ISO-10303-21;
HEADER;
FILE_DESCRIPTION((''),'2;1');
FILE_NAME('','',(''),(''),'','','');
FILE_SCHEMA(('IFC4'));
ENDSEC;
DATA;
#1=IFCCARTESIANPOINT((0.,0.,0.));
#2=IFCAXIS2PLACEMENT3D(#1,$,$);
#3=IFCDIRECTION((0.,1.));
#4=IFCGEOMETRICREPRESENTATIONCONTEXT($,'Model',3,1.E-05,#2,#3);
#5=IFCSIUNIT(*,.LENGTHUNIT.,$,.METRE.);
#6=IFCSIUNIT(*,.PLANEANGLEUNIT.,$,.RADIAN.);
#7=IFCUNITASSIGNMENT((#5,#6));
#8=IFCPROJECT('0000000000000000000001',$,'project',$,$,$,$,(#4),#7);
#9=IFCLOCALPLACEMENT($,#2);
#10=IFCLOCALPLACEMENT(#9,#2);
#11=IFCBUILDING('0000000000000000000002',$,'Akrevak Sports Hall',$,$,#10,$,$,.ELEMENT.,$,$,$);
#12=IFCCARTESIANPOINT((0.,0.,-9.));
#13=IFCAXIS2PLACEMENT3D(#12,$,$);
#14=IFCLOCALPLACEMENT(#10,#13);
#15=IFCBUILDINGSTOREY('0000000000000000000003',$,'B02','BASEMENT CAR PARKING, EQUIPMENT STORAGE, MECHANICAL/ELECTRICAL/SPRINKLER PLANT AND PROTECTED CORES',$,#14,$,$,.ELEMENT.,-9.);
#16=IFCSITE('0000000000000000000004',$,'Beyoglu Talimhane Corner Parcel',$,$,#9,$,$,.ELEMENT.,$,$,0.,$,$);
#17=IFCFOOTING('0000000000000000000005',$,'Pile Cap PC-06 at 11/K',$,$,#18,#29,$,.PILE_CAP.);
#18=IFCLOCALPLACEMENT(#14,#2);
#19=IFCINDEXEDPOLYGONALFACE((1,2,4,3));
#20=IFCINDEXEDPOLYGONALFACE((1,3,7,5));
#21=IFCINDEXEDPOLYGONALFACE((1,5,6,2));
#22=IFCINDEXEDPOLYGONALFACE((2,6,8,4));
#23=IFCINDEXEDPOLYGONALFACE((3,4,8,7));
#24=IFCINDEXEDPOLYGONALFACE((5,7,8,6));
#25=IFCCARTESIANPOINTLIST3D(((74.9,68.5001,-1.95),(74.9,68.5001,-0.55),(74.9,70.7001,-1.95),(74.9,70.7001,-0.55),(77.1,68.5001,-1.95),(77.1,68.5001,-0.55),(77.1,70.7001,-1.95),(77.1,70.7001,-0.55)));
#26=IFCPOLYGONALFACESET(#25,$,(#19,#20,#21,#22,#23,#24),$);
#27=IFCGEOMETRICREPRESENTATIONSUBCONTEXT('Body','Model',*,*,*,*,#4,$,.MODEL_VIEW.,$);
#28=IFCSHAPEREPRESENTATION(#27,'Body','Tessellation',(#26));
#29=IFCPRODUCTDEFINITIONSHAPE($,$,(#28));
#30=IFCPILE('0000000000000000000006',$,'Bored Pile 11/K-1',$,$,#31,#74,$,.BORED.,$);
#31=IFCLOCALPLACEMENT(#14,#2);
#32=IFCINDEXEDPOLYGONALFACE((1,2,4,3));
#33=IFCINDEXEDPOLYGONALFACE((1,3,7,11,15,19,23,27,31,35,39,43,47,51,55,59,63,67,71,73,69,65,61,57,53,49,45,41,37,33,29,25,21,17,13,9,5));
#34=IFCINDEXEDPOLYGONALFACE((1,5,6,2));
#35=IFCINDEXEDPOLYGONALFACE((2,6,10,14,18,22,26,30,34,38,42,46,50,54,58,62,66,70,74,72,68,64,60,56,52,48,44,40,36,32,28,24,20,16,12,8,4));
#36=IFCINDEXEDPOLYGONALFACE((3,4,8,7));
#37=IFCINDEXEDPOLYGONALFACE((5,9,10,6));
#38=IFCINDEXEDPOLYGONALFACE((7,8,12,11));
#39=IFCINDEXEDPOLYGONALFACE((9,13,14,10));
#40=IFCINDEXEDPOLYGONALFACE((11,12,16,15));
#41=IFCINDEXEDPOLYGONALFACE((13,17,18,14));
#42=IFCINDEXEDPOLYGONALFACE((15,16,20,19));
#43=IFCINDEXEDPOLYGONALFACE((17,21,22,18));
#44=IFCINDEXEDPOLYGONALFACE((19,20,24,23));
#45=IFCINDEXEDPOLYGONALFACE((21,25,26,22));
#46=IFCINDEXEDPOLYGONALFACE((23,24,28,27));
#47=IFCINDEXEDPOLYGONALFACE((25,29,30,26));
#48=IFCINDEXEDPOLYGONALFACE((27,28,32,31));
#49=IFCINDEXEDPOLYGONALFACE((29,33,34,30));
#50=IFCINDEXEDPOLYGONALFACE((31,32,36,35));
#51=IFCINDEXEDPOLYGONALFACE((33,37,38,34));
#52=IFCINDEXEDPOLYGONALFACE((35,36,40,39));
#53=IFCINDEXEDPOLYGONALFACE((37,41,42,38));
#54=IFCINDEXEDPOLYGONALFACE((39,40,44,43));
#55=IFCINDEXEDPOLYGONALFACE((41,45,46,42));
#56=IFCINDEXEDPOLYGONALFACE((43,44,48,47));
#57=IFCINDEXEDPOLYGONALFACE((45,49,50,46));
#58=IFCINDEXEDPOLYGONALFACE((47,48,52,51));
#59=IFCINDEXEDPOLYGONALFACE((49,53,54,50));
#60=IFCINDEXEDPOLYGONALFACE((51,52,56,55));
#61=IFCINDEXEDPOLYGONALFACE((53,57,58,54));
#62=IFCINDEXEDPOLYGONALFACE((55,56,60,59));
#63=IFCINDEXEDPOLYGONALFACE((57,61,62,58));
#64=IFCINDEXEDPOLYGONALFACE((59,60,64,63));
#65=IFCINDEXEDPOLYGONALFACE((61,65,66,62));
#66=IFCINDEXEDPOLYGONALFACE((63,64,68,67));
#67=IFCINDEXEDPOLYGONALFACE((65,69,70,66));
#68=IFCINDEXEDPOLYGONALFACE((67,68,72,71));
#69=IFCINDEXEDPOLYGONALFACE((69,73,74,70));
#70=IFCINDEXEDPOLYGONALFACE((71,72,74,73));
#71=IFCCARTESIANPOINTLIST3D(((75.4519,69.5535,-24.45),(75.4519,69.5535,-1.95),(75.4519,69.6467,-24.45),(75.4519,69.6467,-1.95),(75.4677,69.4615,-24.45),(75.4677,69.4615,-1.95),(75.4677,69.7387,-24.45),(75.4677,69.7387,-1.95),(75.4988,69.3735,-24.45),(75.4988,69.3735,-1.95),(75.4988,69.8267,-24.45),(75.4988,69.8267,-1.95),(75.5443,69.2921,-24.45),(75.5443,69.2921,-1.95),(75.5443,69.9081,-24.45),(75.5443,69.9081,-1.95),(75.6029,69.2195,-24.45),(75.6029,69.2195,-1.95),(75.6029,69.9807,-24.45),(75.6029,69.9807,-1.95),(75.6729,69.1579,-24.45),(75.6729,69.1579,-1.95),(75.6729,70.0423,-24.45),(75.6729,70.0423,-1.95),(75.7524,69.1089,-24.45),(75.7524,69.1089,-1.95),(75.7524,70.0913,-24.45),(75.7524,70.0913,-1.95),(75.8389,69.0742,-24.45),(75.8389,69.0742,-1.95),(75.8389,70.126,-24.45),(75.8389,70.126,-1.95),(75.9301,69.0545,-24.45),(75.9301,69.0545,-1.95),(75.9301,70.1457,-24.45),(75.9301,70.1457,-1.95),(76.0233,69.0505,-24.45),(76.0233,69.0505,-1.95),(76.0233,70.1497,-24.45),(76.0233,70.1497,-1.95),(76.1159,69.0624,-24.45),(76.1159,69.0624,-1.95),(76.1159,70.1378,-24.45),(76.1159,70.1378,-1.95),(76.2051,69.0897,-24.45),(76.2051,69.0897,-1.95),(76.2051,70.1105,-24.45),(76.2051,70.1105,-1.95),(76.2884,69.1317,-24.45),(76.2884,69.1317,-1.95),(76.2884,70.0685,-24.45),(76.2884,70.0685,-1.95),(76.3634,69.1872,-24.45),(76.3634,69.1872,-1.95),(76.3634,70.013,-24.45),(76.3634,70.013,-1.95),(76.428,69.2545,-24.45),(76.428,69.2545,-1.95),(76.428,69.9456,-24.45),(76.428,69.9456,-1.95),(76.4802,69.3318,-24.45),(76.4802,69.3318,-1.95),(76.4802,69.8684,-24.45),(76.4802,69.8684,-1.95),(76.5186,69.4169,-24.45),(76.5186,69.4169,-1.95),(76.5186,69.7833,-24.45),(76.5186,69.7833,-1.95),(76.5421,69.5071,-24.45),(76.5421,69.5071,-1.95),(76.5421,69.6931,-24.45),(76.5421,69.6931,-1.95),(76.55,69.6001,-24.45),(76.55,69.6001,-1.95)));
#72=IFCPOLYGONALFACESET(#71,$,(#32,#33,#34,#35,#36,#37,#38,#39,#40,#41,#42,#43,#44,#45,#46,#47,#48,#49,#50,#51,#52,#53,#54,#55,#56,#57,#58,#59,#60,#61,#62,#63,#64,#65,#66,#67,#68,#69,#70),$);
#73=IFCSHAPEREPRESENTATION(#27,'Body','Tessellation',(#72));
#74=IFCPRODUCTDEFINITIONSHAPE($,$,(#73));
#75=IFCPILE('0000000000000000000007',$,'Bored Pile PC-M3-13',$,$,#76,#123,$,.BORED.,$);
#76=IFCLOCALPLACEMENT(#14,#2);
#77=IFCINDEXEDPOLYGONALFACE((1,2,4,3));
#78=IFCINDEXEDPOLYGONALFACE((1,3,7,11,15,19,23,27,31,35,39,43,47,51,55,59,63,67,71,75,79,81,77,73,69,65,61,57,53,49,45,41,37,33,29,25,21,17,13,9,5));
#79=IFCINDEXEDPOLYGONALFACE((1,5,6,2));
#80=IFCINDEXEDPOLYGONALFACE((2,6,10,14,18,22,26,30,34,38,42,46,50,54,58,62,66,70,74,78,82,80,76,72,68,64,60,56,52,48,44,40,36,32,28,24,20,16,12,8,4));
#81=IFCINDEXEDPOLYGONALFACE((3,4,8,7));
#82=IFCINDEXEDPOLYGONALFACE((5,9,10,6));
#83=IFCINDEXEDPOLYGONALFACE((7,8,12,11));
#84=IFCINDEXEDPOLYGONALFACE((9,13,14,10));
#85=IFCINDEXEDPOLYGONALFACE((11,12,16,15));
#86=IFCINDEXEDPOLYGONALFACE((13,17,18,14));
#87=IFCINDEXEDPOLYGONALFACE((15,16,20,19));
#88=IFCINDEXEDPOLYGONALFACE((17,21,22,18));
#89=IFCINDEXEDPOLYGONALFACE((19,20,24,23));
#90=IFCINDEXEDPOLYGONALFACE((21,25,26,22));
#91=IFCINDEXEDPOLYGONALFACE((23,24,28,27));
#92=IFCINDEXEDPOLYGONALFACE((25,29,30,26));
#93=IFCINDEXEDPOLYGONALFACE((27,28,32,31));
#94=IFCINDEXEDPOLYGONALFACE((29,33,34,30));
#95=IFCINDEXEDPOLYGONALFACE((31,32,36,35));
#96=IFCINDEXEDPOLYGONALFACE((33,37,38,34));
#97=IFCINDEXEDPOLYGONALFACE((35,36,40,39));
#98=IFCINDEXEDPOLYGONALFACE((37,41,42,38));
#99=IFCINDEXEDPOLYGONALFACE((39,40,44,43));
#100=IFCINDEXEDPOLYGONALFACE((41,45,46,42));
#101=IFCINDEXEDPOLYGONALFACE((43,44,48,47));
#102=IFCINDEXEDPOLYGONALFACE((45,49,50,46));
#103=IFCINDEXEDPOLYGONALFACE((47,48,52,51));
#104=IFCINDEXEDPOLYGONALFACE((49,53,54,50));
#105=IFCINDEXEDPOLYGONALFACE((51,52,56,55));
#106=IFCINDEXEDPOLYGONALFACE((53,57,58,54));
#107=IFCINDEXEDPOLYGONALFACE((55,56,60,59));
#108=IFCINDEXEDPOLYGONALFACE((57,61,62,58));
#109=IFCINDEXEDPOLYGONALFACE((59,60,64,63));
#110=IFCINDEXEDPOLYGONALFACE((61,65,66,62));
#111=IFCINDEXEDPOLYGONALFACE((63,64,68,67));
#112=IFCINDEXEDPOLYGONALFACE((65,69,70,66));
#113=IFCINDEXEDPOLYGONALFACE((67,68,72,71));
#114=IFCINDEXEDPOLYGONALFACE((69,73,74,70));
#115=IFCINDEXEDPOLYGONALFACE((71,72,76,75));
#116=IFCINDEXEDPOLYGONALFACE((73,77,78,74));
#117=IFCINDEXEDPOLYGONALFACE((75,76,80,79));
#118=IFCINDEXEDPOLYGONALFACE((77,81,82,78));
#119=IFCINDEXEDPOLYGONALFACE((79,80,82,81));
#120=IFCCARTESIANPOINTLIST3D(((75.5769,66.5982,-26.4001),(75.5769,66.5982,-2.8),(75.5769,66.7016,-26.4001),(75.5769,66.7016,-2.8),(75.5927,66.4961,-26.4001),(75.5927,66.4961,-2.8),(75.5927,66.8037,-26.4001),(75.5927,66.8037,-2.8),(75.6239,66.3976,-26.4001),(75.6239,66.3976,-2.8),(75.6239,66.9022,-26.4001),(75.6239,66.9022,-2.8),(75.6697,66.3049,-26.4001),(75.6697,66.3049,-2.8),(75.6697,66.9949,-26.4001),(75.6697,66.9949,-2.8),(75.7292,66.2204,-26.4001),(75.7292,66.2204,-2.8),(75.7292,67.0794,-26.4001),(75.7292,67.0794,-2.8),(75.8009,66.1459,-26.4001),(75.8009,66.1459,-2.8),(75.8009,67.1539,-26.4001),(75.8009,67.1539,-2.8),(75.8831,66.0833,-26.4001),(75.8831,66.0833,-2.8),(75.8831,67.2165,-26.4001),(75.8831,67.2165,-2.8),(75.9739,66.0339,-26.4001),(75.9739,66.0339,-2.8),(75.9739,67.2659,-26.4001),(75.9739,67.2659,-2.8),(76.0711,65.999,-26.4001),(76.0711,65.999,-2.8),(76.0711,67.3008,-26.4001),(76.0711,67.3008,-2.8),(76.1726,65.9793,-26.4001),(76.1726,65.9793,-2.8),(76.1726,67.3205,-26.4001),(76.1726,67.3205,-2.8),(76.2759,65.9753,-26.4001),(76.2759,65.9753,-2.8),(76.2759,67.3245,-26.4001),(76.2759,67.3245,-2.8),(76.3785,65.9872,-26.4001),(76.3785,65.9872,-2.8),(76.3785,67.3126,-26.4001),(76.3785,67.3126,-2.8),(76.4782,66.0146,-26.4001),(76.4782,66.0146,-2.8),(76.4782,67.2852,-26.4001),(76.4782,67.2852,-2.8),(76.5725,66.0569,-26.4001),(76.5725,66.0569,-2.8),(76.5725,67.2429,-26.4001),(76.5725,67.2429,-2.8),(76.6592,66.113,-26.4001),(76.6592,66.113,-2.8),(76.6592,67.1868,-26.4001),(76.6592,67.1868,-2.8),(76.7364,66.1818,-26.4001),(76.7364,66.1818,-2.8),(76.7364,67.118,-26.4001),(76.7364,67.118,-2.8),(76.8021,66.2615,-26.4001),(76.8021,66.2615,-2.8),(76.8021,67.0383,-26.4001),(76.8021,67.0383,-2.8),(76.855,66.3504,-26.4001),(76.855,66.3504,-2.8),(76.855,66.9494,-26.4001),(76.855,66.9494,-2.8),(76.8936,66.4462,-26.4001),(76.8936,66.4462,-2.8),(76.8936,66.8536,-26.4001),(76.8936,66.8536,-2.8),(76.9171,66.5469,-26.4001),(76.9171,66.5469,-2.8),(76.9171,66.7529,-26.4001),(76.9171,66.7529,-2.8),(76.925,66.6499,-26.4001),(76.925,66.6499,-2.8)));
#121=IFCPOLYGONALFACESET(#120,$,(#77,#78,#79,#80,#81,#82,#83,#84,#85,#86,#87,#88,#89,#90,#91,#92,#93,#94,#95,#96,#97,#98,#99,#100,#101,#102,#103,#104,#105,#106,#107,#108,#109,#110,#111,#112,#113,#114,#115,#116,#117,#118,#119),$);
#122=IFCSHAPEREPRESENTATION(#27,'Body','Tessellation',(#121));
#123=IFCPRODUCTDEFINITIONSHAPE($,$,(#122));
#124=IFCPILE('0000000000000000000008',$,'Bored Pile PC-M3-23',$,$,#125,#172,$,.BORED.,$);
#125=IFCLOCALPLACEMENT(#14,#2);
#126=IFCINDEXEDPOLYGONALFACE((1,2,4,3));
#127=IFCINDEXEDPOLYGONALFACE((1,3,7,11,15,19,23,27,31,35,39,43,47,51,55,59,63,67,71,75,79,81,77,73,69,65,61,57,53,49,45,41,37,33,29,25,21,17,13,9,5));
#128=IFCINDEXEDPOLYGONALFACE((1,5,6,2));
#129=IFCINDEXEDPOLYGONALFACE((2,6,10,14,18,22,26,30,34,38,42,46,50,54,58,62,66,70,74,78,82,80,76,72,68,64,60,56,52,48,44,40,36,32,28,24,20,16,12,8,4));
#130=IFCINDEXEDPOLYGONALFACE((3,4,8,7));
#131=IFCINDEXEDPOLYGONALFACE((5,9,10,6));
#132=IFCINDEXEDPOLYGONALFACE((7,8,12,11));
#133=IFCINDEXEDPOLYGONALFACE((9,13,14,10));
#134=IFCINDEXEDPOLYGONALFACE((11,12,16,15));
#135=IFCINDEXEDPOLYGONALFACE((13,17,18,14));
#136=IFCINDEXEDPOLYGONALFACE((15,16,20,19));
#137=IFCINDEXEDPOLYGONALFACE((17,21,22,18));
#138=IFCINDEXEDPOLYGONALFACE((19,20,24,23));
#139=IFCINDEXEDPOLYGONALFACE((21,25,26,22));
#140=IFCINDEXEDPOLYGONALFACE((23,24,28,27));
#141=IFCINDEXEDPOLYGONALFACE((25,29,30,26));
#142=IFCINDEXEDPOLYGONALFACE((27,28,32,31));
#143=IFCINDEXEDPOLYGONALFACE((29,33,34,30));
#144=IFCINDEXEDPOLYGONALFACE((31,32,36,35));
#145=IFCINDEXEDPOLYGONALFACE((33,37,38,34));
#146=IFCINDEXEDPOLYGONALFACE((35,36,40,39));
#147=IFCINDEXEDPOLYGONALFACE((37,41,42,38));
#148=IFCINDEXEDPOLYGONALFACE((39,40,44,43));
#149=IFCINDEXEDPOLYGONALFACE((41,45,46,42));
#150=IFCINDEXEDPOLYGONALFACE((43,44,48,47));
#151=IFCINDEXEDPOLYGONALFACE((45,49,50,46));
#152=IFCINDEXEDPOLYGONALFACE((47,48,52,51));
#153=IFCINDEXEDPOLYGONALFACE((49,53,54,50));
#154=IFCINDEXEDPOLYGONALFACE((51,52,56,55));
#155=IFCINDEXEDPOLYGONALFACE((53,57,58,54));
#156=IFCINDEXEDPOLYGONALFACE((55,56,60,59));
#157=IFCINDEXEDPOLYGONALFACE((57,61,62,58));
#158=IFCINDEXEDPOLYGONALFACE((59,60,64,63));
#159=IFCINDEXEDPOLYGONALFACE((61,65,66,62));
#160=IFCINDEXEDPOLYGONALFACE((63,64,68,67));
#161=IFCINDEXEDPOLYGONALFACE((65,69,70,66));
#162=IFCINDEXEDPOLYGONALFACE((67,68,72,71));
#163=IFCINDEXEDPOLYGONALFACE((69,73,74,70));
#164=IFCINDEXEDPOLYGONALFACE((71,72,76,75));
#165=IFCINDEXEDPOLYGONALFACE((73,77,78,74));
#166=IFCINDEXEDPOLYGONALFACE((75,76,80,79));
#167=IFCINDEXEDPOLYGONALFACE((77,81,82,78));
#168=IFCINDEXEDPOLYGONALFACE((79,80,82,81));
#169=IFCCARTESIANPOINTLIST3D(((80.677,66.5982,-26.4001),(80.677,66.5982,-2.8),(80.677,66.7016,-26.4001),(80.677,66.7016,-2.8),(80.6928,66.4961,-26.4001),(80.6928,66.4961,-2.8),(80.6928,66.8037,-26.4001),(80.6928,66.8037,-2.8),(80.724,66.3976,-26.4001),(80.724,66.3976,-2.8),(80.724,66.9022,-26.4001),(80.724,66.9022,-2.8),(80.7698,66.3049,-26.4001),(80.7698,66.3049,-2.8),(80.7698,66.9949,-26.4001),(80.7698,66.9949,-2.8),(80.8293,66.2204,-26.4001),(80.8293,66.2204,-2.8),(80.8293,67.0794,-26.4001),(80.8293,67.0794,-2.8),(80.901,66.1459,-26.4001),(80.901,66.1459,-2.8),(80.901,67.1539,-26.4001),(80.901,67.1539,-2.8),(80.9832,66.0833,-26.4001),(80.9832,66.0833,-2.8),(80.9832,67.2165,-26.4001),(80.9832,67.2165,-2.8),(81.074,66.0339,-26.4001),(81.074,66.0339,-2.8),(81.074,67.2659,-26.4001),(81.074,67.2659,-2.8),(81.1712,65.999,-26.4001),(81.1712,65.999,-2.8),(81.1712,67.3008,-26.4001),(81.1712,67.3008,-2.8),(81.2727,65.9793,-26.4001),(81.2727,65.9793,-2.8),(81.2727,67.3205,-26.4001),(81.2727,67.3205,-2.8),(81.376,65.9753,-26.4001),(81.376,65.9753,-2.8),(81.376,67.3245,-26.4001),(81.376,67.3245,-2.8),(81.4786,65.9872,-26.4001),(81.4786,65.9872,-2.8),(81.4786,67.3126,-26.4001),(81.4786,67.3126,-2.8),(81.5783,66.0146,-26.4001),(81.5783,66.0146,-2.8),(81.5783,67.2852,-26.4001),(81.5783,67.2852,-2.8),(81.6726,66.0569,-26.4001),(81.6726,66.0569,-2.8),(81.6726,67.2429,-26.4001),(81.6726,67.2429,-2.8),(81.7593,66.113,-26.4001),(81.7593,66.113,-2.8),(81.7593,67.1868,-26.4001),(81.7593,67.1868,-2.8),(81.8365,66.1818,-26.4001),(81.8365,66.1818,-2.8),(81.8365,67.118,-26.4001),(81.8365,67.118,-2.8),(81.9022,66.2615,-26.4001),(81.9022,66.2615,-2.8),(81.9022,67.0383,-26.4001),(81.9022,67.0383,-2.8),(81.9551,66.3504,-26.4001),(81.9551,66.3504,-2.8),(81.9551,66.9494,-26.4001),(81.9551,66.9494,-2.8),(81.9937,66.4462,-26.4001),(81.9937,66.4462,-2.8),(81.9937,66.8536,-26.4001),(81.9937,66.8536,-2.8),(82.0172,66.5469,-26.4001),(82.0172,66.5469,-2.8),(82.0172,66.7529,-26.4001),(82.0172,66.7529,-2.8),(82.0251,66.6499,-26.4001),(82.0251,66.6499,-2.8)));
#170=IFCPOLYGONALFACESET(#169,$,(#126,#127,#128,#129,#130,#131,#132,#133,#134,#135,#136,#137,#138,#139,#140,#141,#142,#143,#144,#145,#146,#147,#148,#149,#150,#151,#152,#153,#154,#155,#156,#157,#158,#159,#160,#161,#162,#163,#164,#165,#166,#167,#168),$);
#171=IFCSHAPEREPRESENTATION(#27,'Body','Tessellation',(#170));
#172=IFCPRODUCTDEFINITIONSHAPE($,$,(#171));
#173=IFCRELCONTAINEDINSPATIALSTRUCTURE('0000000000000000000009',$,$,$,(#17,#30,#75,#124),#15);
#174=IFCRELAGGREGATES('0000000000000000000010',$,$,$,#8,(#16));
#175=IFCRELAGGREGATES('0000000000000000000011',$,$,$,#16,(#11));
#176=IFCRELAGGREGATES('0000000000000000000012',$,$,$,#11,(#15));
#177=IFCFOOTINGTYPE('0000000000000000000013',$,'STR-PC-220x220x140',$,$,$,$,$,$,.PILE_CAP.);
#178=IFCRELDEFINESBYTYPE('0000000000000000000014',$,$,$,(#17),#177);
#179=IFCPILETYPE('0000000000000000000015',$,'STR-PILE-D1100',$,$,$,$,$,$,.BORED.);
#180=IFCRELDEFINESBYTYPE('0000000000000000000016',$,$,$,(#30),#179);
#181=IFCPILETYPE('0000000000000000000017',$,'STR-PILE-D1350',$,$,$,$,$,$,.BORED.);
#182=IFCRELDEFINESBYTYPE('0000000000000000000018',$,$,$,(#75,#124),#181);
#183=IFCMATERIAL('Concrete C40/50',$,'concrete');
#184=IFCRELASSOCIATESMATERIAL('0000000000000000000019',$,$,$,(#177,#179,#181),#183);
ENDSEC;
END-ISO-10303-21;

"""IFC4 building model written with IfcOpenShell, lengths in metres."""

from ifc_helpers import new_model, si_unit, direction, frame, origin, origin_2d, place, context, subcontext, project, spatial, rectangle, circle, extrude, material, material_profile, profile_set, type_object, element, save


model = new_model("IFC4")

# Units and contexts
model_context = context("Model", 3, precision=1e-05, world=origin(), true_north=direction((0.0, 1.0)))
body_context = subcontext(model_context, "Body", "Model", "MODEL_VIEW")
ifc_project = project(units=[si_unit("LENGTHUNIT", "METRE"), si_unit("PLANEANGLEUNIT", "RADIAN")], contexts=[model_context])

# Site, building, storey
site_placement = place(None, origin())
site = spatial("IfcSite", under=ifc_project, at=site_placement, Name="Beyoglu Talimhane Corner Parcel", CompositionType="ELEMENT", RefElevation=0.0)
building_placement = place(site_placement, origin())
building = spatial("IfcBuilding", under=site, at=building_placement, Name="Akrevak Sports Hall", CompositionType="ELEMENT")
storey_placement = place(building_placement, frame((0.0, 0.0, -9.0)))
storey = spatial("IfcBuildingStorey", under=building, at=storey_placement, Name="B02", Description="BASEMENT CAR PARKING, EQUIPMENT STORAGE, MECHANICAL/ELECTRICAL/SPRINKLER PLANT AND PROTECTED CORES", CompositionType="ELEMENT", Elevation=-9.0)

# Footing
ifc_material_1 = material(Name="Concrete C40/50", Category="concrete")
footing_type = type_object("IfcFootingType", Name="STR-PC-220x220x140", PredefinedType="PILE_CAP", material=ifc_material_1)
footing_placement = place(storey_placement, frame((76.0, 69.6001, -1.95), z_axis=(0.0, 0.0, 1.0), x_axis=(1.0, 0.0, 0.0)))
element("IfcFooting", 1, at=footing_placement, inside=storey, type_object=footing_type, Name="Pile Cap PC-06 at 11/K", PredefinedType="PILE_CAP", context=body_context, shape_type="SweptSolid", body=[
    extrude(rectangle(XDim=2.2, YDim=2.2, at=origin_2d()), origin(), (0.0, 0.0, 1.0), 1.3999),
])

# Piles
ifc_material_profile_1 = material_profile(ifc_material_1, circle(Radius=0.55, at=origin_2d()), Name="BORED PILE D1100", Category="concrete")
ifc_profile_set_1 = profile_set([ifc_material_profile_1], Name="Concrete C40/50")
pile_type_1 = type_object("IfcPileType", Name="STR-PILE-D1100", PredefinedType="BORED", material=ifc_profile_set_1)
pile_placement = place(storey_placement, frame((76.0, 69.6001, -1.95), z_axis=(0.0, 0.0, -1.0), x_axis=(1.0, 0.0, 0.0)))
element("IfcPile", 2, at=pile_placement, inside=storey, type_object=pile_type_1, Name="Bored Pile 11/K-1", PredefinedType="BORED", context=body_context, shape_type="SweptSolid", body=[
    extrude(circle(Radius=0.55, at=origin_2d()), origin(), (0.0, 0.0, 1.0), 22.5),
])
ifc_material_profile_2 = material_profile(ifc_material_1, circle(Radius=0.675, at=origin_2d()), Name="BORED PILE D1350", Category="concrete")
ifc_profile_set_2 = profile_set([ifc_material_profile_2], Name="Concrete C40/50")
pile_type_2 = type_object("IfcPileType", Name="STR-PILE-D1350", PredefinedType="BORED", material=ifc_profile_set_2)
for number, where, z_axis, x_axis, name in (
    (3, (76.25, 66.6499, -2.8), (0.0, 0.0, -1.0), (1.0, 0.0, 0.0), "Bored Pile PC-M3-13"),
    (4, (81.3501, 66.6499, -2.8), (0.0, 0.0, -1.0), (1.0, 0.0, 0.0), "Bored Pile PC-M3-23"),
):
    element("IfcPile", number, at=place(storey_placement, frame(where, z_axis=z_axis, x_axis=x_axis)), inside=storey, type_object=pile_type_2, Name=name, PredefinedType="BORED", context=body_context, shape_type="SweptSolid", body=[
        extrude(circle(Radius=0.675, at=origin_2d()), origin(), (0.0, 0.0, 1.0), 23.6001),
    ])

save(model, "model.ifc")
